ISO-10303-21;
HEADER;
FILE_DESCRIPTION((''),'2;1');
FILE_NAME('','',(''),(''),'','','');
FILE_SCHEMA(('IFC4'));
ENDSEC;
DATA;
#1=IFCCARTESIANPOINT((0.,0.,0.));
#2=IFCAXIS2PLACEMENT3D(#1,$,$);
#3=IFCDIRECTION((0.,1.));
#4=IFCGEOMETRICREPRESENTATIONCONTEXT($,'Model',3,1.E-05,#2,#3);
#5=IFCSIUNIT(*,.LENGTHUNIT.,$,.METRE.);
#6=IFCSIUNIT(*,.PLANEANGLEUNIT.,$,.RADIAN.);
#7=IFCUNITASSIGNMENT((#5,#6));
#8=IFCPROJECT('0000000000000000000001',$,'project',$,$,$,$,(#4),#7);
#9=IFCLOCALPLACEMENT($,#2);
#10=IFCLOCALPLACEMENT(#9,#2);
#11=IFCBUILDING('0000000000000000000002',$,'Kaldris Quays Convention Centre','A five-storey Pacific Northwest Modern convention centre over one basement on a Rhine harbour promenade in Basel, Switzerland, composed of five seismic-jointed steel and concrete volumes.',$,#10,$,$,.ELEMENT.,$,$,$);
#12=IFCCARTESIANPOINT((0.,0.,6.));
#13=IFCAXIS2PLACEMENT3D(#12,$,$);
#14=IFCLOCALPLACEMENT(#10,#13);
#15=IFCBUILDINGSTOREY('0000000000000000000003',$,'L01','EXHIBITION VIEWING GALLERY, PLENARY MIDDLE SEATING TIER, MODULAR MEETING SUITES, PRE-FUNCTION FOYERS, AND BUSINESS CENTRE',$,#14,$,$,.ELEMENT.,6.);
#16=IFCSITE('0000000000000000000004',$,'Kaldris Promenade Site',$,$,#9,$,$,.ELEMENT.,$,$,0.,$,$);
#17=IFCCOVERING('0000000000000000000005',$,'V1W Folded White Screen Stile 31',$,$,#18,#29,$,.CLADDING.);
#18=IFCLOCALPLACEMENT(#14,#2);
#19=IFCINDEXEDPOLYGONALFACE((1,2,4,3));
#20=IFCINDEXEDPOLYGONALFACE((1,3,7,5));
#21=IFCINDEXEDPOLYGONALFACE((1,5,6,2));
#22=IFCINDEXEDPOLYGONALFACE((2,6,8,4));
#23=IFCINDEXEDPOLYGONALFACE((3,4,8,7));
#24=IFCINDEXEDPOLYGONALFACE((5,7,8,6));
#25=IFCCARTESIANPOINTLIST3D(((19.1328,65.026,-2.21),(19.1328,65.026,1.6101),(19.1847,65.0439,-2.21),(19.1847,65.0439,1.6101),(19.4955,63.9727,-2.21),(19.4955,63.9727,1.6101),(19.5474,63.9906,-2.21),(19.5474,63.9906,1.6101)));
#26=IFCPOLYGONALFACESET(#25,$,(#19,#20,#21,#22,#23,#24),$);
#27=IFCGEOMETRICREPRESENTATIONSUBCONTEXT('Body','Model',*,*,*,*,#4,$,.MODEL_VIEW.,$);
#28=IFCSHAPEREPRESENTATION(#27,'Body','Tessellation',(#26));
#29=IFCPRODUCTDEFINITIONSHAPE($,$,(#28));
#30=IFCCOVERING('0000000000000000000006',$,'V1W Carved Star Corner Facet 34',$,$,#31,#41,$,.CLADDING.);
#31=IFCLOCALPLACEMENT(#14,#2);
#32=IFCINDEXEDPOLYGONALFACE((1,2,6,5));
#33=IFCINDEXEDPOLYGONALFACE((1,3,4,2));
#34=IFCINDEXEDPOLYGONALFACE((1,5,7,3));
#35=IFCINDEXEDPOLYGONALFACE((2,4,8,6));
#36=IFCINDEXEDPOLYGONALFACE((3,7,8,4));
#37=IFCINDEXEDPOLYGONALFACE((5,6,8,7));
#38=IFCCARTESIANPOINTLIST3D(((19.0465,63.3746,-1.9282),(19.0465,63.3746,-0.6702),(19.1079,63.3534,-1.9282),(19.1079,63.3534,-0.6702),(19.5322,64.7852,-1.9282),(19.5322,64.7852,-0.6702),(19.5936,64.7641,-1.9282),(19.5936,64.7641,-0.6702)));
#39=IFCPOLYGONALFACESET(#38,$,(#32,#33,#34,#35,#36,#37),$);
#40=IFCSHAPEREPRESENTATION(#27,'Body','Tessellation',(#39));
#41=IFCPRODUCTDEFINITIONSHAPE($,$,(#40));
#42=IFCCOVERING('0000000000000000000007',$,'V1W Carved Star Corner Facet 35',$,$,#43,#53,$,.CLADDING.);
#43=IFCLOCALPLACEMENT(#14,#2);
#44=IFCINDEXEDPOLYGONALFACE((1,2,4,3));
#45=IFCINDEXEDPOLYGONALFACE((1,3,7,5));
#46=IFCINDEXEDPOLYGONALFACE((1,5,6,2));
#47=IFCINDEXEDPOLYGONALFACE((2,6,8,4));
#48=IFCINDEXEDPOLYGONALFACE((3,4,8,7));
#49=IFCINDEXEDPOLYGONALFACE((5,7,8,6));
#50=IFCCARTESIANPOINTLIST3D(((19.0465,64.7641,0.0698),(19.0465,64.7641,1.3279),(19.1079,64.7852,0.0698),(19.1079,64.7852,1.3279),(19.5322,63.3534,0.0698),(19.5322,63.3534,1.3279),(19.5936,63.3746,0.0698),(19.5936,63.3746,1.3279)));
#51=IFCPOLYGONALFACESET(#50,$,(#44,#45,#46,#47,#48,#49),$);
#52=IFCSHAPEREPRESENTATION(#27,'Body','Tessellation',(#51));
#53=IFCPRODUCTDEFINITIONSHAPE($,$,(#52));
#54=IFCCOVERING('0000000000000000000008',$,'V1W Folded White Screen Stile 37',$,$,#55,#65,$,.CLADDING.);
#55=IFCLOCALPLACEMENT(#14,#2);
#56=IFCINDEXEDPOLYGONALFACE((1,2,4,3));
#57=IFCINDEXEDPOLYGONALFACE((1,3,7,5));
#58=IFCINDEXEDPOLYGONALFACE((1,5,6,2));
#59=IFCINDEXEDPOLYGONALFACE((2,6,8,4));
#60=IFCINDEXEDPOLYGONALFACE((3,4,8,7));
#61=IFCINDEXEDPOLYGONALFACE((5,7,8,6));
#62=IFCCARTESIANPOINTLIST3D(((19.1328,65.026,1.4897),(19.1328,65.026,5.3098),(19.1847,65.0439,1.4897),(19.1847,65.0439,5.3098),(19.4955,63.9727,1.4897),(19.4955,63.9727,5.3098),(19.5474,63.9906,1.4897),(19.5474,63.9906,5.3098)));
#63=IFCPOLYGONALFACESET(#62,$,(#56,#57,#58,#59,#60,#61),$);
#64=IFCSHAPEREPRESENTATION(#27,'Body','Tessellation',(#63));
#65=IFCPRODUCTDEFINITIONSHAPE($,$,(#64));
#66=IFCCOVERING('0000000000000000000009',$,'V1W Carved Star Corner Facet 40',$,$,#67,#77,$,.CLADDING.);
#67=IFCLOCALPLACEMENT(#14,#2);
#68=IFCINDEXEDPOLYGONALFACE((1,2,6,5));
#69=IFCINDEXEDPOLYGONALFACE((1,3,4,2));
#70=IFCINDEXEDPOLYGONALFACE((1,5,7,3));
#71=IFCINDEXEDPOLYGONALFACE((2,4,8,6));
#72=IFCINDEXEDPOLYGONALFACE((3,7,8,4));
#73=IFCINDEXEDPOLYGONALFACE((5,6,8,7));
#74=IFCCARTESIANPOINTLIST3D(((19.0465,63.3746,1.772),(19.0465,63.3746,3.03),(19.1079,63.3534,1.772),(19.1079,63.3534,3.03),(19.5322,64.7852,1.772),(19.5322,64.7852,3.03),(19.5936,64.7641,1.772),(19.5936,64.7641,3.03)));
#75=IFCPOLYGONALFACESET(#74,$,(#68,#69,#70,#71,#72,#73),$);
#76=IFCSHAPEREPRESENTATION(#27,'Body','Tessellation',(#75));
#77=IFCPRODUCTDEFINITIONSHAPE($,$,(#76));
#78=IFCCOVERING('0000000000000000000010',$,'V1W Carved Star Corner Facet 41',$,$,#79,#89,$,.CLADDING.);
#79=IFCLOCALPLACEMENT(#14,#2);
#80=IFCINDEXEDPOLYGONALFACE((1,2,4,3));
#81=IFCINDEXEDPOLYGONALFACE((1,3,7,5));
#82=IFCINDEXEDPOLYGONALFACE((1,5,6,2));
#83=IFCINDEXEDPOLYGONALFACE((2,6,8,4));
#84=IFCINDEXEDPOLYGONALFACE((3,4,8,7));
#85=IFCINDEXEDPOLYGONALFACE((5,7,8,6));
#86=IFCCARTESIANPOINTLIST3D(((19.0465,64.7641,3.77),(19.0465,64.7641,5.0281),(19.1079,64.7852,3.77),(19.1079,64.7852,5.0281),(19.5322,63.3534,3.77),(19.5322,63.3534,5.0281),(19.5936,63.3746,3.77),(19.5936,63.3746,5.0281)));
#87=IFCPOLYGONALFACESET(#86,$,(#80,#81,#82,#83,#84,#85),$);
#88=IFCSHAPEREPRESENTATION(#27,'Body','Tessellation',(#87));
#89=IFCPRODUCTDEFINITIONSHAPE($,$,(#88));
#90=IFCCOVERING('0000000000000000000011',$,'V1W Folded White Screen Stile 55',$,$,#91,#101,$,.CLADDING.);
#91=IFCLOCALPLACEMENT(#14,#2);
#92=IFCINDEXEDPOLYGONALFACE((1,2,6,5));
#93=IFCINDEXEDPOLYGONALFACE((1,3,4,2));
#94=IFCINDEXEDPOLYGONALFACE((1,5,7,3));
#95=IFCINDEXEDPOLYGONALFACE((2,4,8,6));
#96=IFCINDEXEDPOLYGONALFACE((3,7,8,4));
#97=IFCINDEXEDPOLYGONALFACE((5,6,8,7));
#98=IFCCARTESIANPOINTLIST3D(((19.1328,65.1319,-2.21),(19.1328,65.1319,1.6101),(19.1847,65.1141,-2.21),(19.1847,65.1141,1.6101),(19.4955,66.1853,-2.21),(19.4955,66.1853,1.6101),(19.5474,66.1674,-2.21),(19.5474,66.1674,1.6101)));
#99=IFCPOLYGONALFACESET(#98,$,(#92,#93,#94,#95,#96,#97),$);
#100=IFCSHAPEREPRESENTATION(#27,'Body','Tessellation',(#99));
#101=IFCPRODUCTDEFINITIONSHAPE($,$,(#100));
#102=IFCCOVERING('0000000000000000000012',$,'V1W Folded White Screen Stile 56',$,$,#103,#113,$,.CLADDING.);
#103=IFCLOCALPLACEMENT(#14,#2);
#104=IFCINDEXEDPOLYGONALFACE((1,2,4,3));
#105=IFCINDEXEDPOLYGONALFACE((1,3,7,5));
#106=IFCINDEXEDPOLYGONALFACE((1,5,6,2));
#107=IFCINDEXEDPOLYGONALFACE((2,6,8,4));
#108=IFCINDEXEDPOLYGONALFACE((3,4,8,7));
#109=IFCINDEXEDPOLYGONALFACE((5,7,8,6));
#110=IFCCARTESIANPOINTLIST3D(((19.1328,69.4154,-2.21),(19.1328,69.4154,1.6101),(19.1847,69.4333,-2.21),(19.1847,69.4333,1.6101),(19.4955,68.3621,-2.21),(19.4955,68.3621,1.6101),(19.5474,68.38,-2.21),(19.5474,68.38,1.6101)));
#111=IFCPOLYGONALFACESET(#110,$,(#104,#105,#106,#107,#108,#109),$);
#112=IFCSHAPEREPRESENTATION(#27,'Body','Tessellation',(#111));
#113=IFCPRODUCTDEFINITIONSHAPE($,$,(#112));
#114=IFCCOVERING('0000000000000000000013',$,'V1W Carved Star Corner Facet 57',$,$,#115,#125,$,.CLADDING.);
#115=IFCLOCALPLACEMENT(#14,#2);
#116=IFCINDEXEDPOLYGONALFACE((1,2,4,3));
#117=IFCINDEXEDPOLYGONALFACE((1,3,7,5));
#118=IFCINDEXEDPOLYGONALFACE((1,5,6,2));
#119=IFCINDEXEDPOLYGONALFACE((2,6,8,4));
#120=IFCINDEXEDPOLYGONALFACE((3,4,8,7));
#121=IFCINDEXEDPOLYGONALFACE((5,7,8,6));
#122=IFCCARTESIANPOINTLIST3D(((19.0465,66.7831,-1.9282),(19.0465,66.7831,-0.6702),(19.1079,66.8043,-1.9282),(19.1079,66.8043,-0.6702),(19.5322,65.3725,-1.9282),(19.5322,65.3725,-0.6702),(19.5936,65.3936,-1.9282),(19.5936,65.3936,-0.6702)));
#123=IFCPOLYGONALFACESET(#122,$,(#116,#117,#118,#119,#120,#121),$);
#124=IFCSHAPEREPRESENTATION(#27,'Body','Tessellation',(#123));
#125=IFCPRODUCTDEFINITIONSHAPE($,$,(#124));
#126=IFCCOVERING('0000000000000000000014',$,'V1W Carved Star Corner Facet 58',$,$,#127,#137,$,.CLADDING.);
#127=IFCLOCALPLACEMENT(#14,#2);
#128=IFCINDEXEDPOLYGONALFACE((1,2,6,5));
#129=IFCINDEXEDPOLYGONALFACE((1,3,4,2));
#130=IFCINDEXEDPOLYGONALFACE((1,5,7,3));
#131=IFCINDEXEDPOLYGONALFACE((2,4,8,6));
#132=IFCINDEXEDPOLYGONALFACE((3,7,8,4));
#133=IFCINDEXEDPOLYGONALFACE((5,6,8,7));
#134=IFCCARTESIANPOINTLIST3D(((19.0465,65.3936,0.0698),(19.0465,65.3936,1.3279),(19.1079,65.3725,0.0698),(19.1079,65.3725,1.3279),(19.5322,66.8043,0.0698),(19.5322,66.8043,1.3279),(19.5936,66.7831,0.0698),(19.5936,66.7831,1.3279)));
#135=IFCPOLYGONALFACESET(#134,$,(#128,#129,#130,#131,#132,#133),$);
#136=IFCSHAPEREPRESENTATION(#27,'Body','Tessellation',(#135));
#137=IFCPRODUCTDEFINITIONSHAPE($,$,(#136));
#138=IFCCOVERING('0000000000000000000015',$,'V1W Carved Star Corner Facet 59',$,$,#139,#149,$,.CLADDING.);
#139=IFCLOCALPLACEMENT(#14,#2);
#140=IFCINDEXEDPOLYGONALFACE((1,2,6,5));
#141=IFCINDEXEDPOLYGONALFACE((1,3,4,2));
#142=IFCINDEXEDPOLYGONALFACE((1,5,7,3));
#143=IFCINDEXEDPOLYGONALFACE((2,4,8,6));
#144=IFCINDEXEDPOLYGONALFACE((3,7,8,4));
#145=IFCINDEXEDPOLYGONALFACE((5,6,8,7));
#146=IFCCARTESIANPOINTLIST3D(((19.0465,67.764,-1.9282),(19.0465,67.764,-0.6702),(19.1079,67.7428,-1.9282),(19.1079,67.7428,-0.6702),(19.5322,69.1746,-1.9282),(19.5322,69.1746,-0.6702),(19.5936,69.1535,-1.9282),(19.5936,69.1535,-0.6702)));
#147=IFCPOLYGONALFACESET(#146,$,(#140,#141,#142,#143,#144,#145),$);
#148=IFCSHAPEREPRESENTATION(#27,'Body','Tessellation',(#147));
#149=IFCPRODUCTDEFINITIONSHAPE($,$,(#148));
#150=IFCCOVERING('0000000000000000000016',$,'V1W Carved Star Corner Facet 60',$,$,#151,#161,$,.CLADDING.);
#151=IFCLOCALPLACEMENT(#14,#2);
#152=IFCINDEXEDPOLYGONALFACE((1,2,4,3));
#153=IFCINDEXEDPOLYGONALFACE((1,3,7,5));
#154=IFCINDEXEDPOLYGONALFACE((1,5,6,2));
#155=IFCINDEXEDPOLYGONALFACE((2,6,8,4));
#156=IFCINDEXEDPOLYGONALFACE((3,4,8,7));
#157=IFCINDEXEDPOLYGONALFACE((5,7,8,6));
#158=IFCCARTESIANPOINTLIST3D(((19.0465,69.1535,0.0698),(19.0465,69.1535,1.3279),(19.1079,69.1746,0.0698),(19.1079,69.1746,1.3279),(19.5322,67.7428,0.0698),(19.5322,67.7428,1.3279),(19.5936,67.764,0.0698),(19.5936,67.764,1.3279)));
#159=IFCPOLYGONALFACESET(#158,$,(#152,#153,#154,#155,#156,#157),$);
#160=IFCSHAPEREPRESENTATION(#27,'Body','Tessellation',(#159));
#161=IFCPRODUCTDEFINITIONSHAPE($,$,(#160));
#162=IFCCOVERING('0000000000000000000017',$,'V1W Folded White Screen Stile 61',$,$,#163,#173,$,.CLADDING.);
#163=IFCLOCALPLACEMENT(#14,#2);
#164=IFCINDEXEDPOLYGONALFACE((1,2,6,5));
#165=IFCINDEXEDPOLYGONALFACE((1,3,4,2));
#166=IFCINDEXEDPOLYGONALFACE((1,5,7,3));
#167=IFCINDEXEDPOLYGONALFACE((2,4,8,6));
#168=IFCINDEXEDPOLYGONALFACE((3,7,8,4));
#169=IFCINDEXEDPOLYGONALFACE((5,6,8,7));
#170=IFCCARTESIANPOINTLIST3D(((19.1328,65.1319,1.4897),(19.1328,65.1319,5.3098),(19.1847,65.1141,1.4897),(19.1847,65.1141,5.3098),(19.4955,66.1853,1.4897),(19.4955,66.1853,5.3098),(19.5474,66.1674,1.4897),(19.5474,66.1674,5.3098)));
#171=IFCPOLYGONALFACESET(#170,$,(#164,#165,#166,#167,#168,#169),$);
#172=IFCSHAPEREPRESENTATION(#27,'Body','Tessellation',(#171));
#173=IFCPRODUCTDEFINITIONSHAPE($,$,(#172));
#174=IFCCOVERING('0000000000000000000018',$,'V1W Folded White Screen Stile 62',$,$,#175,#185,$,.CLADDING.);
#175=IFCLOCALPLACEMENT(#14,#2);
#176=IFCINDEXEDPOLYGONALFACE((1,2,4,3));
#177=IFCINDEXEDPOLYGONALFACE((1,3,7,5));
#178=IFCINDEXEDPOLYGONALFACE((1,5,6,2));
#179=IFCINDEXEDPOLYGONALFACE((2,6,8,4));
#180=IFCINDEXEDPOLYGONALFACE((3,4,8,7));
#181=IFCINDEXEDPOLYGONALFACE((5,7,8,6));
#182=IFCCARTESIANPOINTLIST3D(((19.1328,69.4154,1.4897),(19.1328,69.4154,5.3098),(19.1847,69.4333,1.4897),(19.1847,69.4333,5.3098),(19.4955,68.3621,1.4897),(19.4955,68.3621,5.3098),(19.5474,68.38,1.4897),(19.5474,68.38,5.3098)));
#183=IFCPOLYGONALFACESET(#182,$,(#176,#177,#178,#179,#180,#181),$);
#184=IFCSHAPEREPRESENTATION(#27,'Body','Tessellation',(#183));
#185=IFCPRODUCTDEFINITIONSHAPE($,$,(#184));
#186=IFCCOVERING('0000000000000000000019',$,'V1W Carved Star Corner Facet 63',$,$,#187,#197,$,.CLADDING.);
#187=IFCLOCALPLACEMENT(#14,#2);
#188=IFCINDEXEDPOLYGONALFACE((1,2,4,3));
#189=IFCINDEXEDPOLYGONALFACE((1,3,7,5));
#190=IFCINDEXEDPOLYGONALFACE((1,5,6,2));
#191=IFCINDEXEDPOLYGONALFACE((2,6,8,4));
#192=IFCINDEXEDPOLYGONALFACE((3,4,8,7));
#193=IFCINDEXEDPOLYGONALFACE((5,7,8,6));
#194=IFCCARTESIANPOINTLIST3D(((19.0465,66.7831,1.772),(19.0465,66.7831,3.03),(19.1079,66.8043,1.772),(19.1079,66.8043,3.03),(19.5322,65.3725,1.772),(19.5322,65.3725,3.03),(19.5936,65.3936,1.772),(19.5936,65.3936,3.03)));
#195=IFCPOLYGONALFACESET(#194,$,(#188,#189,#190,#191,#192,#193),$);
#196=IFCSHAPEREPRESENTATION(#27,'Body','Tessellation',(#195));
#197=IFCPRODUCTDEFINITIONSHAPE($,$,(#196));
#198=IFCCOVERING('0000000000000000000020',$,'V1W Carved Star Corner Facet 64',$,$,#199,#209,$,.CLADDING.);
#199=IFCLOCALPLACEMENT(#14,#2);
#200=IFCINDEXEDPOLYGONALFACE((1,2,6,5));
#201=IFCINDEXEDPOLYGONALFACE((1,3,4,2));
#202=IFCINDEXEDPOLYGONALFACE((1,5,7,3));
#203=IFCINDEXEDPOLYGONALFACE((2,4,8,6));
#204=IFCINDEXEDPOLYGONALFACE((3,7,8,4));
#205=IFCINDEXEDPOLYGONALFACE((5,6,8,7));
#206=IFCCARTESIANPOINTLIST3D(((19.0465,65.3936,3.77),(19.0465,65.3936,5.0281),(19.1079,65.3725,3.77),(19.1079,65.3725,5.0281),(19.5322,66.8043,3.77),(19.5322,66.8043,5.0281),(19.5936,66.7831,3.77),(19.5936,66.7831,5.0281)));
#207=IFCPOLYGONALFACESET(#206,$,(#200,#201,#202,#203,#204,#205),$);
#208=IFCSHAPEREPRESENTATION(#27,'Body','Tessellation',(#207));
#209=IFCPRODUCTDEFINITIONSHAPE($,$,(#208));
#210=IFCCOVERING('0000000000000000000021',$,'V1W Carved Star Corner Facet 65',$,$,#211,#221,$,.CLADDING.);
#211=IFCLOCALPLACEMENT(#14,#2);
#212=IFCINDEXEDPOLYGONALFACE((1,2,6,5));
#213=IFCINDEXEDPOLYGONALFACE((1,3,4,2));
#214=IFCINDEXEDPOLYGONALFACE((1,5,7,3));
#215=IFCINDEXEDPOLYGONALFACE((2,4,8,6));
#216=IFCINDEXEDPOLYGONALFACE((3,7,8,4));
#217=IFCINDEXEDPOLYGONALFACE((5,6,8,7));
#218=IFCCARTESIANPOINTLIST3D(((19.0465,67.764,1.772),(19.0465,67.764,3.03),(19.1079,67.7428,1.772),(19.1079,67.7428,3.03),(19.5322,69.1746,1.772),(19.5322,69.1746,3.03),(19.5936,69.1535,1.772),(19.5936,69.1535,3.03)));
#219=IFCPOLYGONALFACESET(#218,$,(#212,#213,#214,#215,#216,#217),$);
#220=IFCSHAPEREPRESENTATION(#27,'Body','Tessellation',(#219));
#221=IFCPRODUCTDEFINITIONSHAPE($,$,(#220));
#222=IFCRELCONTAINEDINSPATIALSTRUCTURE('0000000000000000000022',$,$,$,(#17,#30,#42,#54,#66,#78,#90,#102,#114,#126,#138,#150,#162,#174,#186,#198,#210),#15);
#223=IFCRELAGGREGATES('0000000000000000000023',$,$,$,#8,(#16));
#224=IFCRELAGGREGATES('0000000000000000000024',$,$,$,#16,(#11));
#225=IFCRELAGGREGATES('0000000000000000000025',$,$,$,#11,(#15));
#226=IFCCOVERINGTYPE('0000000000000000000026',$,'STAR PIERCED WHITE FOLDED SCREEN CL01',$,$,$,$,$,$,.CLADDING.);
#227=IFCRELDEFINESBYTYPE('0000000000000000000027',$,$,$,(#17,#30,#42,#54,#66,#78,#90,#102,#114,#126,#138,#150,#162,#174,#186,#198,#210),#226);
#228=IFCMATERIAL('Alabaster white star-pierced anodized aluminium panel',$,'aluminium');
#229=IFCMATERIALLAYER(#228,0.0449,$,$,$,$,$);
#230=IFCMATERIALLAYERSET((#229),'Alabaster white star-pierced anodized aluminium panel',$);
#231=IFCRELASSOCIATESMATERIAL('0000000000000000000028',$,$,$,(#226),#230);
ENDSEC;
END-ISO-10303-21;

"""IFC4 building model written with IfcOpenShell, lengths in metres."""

from ifc_helpers import new_model, si_unit, direction, frame, origin, origin_2d, place, context, subcontext, project, spatial, rectangle, extrude, material, layer, layer_set, type_object, element, save


model = new_model("IFC4")

# Units and contexts
model_context = context("Model", 3, precision=1e-05, world=origin(), true_north=direction((0.0, 1.0)))
body_context = subcontext(model_context, "Body", "Model", "MODEL_VIEW")
ifc_project = project(units=[si_unit("LENGTHUNIT", "METRE"), si_unit("PLANEANGLEUNIT", "RADIAN")], contexts=[model_context])

# Site, building, storey
site_placement = place(None, origin())
site = spatial("IfcSite", under=ifc_project, at=site_placement, Name="Kaldris Promenade Site", CompositionType="ELEMENT", RefElevation=0.0)
building_placement = place(site_placement, origin())
building = spatial("IfcBuilding", under=site, at=building_placement, Name="Kaldris Quays Convention Centre", Description="A five-storey Pacific Northwest Modern convention centre over one basement on a Rhine harbour promenade in Basel, Switzerland, composed of five seismic-jointed steel and concrete volumes.", CompositionType="ELEMENT")
storey_placement = place(building_placement, frame((0.0, 0.0, 6.0)))
storey = spatial("IfcBuildingStorey", under=building, at=storey_placement, Name="L01", Description="EXHIBITION VIEWING GALLERY, PLENARY MIDDLE SEATING TIER, MODULAR MEETING SUITES, PRE-FUNCTION FOYERS, AND BUSINESS CENTRE", CompositionType="ELEMENT", Elevation=6.0)

# Coverings
ifc_material_1 = material(Name="Alabaster white star-pierced anodized aluminium panel", Category="aluminium")
ifc_layer = layer(ifc_material_1, 0.0449)
ifc_layer_set = layer_set([ifc_layer], Name="Alabaster white star-pierced anodized aluminium panel")
covering_type = type_object("IfcCoveringType", Name="STAR PIERCED WHITE FOLDED SCREEN CL01", PredefinedType="CLADDING", material=ifc_layer_set)
covering_1_placement = place(storey_placement, frame((19.3401, 64.5083, -2.21), z_axis=(0.0, 0.0, 1.0), x_axis=(-0.325568, 0.945519, 0.0)))
element("IfcCovering", 1, at=covering_1_placement, inside=storey, type_object=covering_type, Name="V1W Folded White Screen Stile 31", PredefinedType="CLADDING", context=body_context, shape_type="SweptSolid", body=[
    extrude(rectangle(XDim=1.114, YDim=0.0549, at=origin_2d()), origin(), (0.0, 0.0, 1.0), 3.8201),
])
for number, where, z_axis, x_axis, name in (
    (2, (19.3201, 64.0693, -1.9282), (0.0, 0.0, 1.0), (0.325568, 0.945519, 0.0), "V1W Carved Star Corner Facet 34"),
    (3, (19.3201, 64.0693, 0.0698), (0.0, 0.0, 1.0), (-0.325568, 0.945519, 0.0), "V1W Carved Star Corner Facet 35"),
):
    element("IfcCovering", number, at=place(storey_placement, frame(where, z_axis=z_axis, x_axis=x_axis)), inside=storey, type_object=covering_type, Name=name, PredefinedType="CLADDING", context=body_context, shape_type="SweptSolid", body=[
        extrude(rectangle(XDim=1.4919, YDim=0.0649, at=origin_2d()), origin(), (0.0, 0.0, 1.0), 1.2581),
    ])
covering_2_placement = place(storey_placement, frame((19.3401, 64.5083, 1.4897), z_axis=(0.0, 0.0, 1.0), x_axis=(-0.325568, 0.945519, 0.0)))
element("IfcCovering", 4, at=covering_2_placement, inside=storey, type_object=covering_type, Name="V1W Folded White Screen Stile 37", PredefinedType="CLADDING", context=body_context, shape_type="SweptSolid", body=[
    extrude(rectangle(XDim=1.114, YDim=0.0549, at=origin_2d()), origin(), (0.0, 0.0, 1.0), 3.8201),
])
for number, where, z_axis, x_axis, name in (
    (5, (19.3201, 64.0693, 1.772), (0.0, 0.0, 1.0), (0.325568, 0.945519, 0.0), "V1W Carved Star Corner Facet 40"),
    (6, (19.3201, 64.0693, 3.77), (0.0, 0.0, 1.0), (-0.325568, 0.945519, 0.0), "V1W Carved Star Corner Facet 41"),
):
    element("IfcCovering", number, at=place(storey_placement, frame(where, z_axis=z_axis, x_axis=x_axis)), inside=storey, type_object=covering_type, Name=name, PredefinedType="CLADDING", context=body_context, shape_type="SweptSolid", body=[
        extrude(rectangle(XDim=1.4919, YDim=0.0649, at=origin_2d()), origin(), (0.0, 0.0, 1.0), 1.2581),
    ])
for number, where, z_axis, x_axis, name in (
    (7, (19.3401, 65.6497, -2.21), (0.0, 0.0, 1.0), (0.325568, 0.945519, 0.0), "V1W Folded White Screen Stile 55"),
    (8, (19.3401, 68.8977, -2.21), (0.0, 0.0, 1.0), (-0.325568, 0.945519, 0.0), "V1W Folded White Screen Stile 56"),
):
    element("IfcCovering", number, at=place(storey_placement, frame(where, z_axis=z_axis, x_axis=x_axis)), inside=storey, type_object=covering_type, Name=name, PredefinedType="CLADDING", context=body_context, shape_type="SweptSolid", body=[
        extrude(rectangle(XDim=1.114, YDim=0.0549, at=origin_2d()), origin(), (0.0, 0.0, 1.0), 3.8201),
    ])
for number, where, z_axis, x_axis, name in (
    (9, (19.3201, 66.0884, -1.9282), (0.0, 0.0, 1.0), (-0.325568, 0.945519, 0.0), "V1W Carved Star Corner Facet 57"),
    (10, (19.3201, 66.0884, 0.0698), (0.0, 0.0, 1.0), (0.325568, 0.945519, 0.0), "V1W Carved Star Corner Facet 58"),
    (11, (19.3201, 68.4587, -1.9282), (0.0, 0.0, 1.0), (0.325568, 0.945519, 0.0), "V1W Carved Star Corner Facet 59"),
    (12, (19.3201, 68.4587, 0.0698), (0.0, 0.0, 1.0), (-0.325568, 0.945519, 0.0), "V1W Carved Star Corner Facet 60"),
):
    element("IfcCovering", number, at=place(storey_placement, frame(where, z_axis=z_axis, x_axis=x_axis)), inside=storey, type_object=covering_type, Name=name, PredefinedType="CLADDING", context=body_context, shape_type="SweptSolid", body=[
        extrude(rectangle(XDim=1.4919, YDim=0.0649, at=origin_2d()), origin(), (0.0, 0.0, 1.0), 1.2581),
    ])
for number, where, z_axis, x_axis, name in (
    (13, (19.3401, 65.6497, 1.4897), (0.0, 0.0, 1.0), (0.325568, 0.945519, 0.0), "V1W Folded White Screen Stile 61"),
    (14, (19.3401, 68.8977, 1.4897), (0.0, 0.0, 1.0), (-0.325568, 0.945519, 0.0), "V1W Folded White Screen Stile 62"),
):
    element("IfcCovering", number, at=place(storey_placement, frame(where, z_axis=z_axis, x_axis=x_axis)), inside=storey, type_object=covering_type, Name=name, PredefinedType="CLADDING", context=body_context, shape_type="SweptSolid", body=[
        extrude(rectangle(XDim=1.114, YDim=0.0549, at=origin_2d()), origin(), (0.0, 0.0, 1.0), 3.8201),
    ])
for number, where, z_axis, x_axis, name in (
    (15, (19.3201, 66.0884, 1.772), (0.0, 0.0, 1.0), (-0.325568, 0.945519, 0.0), "V1W Carved Star Corner Facet 63"),
    (16, (19.3201, 66.0884, 3.77), (0.0, 0.0, 1.0), (0.325568, 0.945519, 0.0), "V1W Carved Star Corner Facet 64"),
    (17, (19.3201, 68.4587, 1.772), (0.0, 0.0, 1.0), (0.325568, 0.945519, 0.0), "V1W Carved Star Corner Facet 65"),
):
    element("IfcCovering", number, at=place(storey_placement, frame(where, z_axis=z_axis, x_axis=x_axis)), inside=storey, type_object=covering_type, Name=name, PredefinedType="CLADDING", context=body_context, shape_type="SweptSolid", body=[
        extrude(rectangle(XDim=1.4919, YDim=0.0649, at=origin_2d()), origin(), (0.0, 0.0, 1.0), 1.2581),
    ])

save(model, "model.ifc")
